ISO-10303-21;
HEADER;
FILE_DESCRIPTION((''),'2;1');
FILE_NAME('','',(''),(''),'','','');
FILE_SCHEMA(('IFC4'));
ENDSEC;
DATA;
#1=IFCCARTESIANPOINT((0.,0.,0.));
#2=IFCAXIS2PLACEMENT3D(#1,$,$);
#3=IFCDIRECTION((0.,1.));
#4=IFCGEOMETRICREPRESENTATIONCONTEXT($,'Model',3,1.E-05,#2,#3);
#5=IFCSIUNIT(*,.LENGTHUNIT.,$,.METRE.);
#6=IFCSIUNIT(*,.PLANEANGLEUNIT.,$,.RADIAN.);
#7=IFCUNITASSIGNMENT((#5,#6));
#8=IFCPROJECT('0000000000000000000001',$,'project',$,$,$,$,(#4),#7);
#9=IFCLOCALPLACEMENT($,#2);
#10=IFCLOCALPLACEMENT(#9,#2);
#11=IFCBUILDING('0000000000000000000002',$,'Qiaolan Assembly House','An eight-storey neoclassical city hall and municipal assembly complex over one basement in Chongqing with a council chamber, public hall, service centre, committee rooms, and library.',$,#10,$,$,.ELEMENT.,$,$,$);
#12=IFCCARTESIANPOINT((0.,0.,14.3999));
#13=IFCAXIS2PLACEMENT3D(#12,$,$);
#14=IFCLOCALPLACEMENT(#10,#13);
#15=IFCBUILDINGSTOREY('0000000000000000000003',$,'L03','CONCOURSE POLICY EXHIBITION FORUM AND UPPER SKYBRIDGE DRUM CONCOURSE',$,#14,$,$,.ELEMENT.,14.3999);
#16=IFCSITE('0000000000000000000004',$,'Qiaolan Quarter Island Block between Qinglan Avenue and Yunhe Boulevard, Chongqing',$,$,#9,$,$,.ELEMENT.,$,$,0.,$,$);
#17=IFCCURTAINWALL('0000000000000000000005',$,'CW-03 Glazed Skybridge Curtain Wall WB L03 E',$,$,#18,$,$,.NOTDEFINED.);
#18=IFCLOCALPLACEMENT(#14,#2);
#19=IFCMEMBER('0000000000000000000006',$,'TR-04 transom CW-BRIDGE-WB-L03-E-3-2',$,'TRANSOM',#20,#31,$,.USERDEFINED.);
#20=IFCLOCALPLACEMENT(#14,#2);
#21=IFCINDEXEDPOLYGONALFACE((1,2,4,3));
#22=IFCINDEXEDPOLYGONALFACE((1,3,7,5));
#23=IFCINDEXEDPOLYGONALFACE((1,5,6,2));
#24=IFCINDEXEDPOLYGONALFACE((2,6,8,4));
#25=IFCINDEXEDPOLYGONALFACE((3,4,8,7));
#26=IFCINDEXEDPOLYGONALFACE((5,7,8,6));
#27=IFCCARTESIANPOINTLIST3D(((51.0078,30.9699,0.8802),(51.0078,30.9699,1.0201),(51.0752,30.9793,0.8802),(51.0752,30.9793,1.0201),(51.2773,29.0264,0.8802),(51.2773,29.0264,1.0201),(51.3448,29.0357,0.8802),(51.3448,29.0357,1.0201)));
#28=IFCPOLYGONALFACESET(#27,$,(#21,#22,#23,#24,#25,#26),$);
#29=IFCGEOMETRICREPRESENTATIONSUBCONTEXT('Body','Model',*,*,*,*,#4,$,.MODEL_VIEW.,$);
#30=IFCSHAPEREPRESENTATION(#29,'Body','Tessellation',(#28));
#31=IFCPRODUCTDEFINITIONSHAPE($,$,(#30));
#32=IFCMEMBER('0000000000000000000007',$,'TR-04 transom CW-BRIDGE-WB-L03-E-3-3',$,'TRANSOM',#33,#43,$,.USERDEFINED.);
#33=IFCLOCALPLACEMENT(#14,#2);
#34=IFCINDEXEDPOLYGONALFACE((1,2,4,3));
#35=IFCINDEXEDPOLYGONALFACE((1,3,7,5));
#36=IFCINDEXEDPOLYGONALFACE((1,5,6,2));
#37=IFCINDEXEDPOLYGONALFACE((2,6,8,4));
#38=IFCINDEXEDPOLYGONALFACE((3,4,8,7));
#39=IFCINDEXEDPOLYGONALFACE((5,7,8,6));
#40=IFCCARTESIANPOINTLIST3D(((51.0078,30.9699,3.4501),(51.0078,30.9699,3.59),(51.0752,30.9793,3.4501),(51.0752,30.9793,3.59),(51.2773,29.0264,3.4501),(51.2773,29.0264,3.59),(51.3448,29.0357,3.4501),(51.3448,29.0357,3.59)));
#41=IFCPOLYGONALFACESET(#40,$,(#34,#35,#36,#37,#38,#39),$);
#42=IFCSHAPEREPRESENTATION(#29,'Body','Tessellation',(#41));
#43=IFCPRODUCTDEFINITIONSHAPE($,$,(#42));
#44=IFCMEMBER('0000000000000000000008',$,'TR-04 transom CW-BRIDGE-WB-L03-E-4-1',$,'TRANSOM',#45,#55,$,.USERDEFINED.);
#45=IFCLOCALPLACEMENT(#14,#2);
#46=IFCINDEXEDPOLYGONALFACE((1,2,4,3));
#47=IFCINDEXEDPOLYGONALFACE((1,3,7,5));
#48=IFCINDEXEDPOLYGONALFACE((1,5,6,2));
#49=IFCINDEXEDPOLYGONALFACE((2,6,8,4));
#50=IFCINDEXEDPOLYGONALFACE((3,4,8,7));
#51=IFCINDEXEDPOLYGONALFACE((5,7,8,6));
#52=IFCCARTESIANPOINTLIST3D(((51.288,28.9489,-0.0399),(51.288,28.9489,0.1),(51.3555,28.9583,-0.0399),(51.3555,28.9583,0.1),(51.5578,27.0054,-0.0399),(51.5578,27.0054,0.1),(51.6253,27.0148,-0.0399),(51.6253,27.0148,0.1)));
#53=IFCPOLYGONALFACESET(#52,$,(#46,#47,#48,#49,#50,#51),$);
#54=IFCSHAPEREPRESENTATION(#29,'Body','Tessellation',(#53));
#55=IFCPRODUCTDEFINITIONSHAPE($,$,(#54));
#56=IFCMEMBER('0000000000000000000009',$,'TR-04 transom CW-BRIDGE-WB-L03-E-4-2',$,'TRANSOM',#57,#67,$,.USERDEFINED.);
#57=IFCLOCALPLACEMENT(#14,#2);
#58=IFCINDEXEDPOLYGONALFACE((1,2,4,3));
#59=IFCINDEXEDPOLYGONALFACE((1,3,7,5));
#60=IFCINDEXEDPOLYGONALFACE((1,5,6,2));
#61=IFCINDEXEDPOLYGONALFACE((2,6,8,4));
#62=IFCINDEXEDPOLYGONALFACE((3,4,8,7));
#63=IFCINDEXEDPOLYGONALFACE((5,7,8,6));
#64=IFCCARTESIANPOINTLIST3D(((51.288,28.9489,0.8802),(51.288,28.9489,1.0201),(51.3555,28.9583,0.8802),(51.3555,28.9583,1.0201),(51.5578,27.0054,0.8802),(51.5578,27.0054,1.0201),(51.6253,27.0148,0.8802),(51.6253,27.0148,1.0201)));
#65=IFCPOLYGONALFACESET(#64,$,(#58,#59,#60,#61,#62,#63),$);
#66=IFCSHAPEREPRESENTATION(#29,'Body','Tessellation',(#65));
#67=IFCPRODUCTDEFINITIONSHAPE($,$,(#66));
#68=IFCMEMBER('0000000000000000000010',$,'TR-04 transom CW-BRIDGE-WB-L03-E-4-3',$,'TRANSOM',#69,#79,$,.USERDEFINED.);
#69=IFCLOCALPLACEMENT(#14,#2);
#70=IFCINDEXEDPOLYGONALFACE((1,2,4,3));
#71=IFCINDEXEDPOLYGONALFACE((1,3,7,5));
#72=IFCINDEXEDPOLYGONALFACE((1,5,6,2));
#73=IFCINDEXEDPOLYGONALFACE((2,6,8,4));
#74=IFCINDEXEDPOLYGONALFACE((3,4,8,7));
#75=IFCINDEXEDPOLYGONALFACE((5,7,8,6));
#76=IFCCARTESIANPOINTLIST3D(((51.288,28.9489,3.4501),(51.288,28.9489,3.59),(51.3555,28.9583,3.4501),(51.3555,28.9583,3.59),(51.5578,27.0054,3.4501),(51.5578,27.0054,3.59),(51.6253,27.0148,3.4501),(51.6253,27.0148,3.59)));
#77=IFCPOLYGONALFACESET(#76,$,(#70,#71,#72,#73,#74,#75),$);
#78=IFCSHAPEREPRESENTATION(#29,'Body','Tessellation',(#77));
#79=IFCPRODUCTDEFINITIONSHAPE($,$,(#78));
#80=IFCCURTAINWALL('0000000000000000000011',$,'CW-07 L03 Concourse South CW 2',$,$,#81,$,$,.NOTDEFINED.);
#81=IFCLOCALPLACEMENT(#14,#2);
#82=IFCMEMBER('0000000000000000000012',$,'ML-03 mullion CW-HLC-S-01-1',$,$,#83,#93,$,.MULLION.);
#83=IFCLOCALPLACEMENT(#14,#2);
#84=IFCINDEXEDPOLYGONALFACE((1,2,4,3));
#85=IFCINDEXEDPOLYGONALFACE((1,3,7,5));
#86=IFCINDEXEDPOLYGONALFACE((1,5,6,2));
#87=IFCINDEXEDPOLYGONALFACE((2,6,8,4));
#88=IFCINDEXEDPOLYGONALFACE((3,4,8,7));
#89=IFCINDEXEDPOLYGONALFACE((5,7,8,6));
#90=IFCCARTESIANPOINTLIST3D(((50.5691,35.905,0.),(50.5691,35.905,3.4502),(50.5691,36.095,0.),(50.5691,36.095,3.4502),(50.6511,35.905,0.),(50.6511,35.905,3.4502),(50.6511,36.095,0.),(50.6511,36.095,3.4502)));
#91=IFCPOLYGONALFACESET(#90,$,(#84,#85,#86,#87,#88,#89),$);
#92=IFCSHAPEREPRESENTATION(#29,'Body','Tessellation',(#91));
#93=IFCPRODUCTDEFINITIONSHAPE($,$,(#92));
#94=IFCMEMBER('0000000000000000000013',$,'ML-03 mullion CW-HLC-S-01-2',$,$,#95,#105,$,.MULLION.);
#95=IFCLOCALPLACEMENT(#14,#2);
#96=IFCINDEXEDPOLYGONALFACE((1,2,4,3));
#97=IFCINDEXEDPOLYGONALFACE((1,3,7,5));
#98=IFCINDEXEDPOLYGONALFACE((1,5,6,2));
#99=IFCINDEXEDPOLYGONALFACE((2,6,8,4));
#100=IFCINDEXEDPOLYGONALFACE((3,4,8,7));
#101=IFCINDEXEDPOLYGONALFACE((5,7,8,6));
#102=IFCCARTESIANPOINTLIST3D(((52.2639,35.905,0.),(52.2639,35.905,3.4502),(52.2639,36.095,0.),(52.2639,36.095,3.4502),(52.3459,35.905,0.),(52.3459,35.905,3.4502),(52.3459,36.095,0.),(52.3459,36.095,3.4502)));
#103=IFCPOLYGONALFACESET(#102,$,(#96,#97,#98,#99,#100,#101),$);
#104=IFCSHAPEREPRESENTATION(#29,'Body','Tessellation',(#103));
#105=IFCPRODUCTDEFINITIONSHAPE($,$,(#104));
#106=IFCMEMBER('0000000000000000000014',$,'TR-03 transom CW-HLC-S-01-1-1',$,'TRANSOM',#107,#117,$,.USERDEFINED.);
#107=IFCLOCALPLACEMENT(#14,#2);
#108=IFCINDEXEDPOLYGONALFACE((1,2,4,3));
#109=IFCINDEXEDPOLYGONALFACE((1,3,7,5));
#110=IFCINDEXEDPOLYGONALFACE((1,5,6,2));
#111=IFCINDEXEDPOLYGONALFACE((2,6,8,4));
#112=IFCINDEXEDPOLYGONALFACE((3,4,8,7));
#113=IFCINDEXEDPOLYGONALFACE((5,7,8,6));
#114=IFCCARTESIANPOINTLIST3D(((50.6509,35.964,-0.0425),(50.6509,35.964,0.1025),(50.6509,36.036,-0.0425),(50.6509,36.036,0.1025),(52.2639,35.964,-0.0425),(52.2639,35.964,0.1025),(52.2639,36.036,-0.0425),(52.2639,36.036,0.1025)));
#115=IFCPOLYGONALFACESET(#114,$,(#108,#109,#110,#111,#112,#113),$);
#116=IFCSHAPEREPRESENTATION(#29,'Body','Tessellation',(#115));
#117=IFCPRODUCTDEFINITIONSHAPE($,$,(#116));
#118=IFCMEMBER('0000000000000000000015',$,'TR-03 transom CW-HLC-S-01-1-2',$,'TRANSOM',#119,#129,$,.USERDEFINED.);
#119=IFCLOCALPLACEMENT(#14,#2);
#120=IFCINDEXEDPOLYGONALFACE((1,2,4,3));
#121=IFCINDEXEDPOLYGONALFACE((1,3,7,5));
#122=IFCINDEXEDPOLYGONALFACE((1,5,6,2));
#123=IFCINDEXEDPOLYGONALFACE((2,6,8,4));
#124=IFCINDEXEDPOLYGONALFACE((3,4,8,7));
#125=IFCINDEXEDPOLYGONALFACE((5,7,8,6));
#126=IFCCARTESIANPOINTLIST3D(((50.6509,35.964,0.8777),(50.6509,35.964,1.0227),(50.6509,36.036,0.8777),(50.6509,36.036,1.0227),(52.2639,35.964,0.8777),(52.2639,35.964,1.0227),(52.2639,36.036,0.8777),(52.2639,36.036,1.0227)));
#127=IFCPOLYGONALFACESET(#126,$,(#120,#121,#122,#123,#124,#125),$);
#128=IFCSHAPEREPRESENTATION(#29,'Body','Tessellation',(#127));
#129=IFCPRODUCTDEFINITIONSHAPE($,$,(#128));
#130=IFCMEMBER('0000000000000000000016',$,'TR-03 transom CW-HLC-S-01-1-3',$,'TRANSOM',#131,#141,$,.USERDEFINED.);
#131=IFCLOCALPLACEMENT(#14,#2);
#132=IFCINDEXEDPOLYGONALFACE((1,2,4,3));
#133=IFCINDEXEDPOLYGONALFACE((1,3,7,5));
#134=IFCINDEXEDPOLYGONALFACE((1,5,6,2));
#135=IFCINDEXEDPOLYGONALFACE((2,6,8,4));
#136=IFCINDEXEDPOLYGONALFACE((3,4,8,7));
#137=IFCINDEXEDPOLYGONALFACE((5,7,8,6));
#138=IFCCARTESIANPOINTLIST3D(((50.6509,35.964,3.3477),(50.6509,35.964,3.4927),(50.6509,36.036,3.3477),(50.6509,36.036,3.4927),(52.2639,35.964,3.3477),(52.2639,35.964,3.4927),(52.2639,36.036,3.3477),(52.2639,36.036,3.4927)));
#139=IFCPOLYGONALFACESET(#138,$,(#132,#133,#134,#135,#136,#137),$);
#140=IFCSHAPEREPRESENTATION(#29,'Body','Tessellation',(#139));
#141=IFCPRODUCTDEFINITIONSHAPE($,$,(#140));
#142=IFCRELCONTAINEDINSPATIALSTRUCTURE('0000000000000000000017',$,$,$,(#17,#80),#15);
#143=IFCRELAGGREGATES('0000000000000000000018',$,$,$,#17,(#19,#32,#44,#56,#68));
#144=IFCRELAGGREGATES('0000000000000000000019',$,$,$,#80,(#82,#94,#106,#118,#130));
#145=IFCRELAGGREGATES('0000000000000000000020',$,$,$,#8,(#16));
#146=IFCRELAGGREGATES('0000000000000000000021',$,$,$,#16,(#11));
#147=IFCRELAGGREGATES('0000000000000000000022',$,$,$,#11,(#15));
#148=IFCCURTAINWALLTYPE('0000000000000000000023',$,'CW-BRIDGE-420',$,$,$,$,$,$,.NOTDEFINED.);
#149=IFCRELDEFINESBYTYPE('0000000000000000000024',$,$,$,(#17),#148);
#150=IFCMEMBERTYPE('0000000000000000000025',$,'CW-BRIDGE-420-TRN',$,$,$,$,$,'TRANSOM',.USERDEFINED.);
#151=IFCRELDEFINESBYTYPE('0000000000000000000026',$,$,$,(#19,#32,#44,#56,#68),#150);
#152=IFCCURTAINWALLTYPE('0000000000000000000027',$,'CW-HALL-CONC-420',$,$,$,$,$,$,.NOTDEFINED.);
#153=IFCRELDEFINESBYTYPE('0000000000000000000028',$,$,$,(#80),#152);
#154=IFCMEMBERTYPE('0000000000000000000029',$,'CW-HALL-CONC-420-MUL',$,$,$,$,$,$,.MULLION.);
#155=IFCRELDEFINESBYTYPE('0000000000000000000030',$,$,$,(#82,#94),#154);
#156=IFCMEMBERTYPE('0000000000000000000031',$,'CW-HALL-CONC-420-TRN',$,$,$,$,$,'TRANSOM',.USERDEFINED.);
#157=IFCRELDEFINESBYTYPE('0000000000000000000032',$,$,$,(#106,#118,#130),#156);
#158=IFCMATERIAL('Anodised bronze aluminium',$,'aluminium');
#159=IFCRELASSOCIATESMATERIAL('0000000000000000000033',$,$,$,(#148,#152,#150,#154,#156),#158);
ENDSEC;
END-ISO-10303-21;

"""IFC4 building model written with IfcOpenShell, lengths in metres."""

from ifc_helpers import new_model, si_unit, direction, frame, origin, origin_2d, place, context, subcontext, project, spatial, rectangle, extrude, material, material_profile, profile_set, type_object, element, aggregate, save


model = new_model("IFC4")

# Units and contexts
model_context = context("Model", 3, precision=1e-05, world=origin(), true_north=direction((0.0, 1.0)))
body_context = subcontext(model_context, "Body", "Model", "MODEL_VIEW")
ifc_project = project(units=[si_unit("LENGTHUNIT", "METRE"), si_unit("PLANEANGLEUNIT", "RADIAN")], contexts=[model_context])

# Site, building, storey
site_placement = place(None, origin())
site = spatial("IfcSite", under=ifc_project, at=site_placement, Name="Qiaolan Quarter Island Block between Qinglan Avenue and Yunhe Boulevard, Chongqing", CompositionType="ELEMENT", RefElevation=0.0)
building_placement = place(site_placement, origin())
building = spatial("IfcBuilding", under=site, at=building_placement, Name="Qiaolan Assembly House", Description="An eight-storey neoclassical city hall and municipal assembly complex over one basement in Chongqing with a council chamber, public hall, service centre, committee rooms, and library.", CompositionType="ELEMENT")
storey_placement = place(building_placement, frame((0.0, 0.0, 14.3999)))
storey = spatial("IfcBuildingStorey", under=building, at=storey_placement, Name="L03", Description="CONCOURSE POLICY EXHIBITION FORUM AND UPPER SKYBRIDGE DRUM CONCOURSE", CompositionType="ELEMENT", Elevation=14.3999)

# Curtain walls, members
ifc_material_1 = material(Name="Anodised bronze aluminium", Category="aluminium")
curtain_wall_type_1 = type_object("IfcCurtainWallType", Name="CW-BRIDGE-420", PredefinedType="NOTDEFINED", material=ifc_material_1)
curtain_wall_1_placement = place(storey_placement, origin())
curtain_wall_1 = element("IfcCurtainWall", 1, at=curtain_wall_1_placement, inside=storey, type_object=curtain_wall_type_1, Name="CW-03 Glazed Skybridge Curtain Wall WB L03 E", PredefinedType="NOTDEFINED")
ifc_material_profile_1 = material_profile(ifc_material_1, rectangle(XDim=0.0681, YDim=0.1399, at=origin_2d()), Name="TRN 68x140")
ifc_profile_set_1 = profile_set([ifc_material_profile_1], Name="Anodised bronze aluminium")
member_type_1 = type_object("IfcMemberType", Name="CW-BRIDGE-420-TRN", ElementType="TRANSOM", PredefinedType="USERDEFINED", material=ifc_profile_set_1)
member_1_placement = place(storey_placement, frame((51.0415, 30.9746, 0.9502), z_axis=(0.137362, -0.990521, 0.0), x_axis=(0.990521, 0.137362, 0.0)))
member_1 = element("IfcMember", 2, at=member_1_placement, type_object=member_type_1, Name="TR-04 transom CW-BRIDGE-WB-L03-E-3-2", ObjectType="TRANSOM", PredefinedType="USERDEFINED", context=body_context, shape_type="SweptSolid", body=[
    extrude(rectangle(XDim=0.0681, YDim=0.1399, at=origin_2d()), origin(), (0.0, 0.0, 1.0), 1.9622),
])
member_2_placement = place(storey_placement, frame((51.0415, 30.9746, 3.52), z_axis=(0.137362, -0.990521, 0.0), x_axis=(0.990521, 0.137362, 0.0)))
member_2 = element("IfcMember", 3, at=member_2_placement, type_object=member_type_1, Name="TR-04 transom CW-BRIDGE-WB-L03-E-3-3", ObjectType="TRANSOM", PredefinedType="USERDEFINED", context=body_context, shape_type="SweptSolid", body=[
    extrude(rectangle(XDim=0.0681, YDim=0.1399, at=origin_2d()), origin(), (0.0, 0.0, 1.0), 1.9622),
])
member_3_placement = place(storey_placement, frame((51.3218, 28.9536, 0.03), z_axis=(0.137484, -0.990504, 0.0), x_axis=(0.990504, 0.137484, 0.0)))
member_3 = element("IfcMember", 4, at=member_3_placement, type_object=member_type_1, Name="TR-04 transom CW-BRIDGE-WB-L03-E-4-1", ObjectType="TRANSOM", PredefinedType="USERDEFINED", context=body_context, shape_type="SweptSolid", body=[
    extrude(rectangle(XDim=0.0681, YDim=0.1399, at=origin_2d()), origin(), (0.0, 0.0, 1.0), 1.9622),
])
member_4_placement = place(storey_placement, frame((51.3218, 28.9536, 0.9502), z_axis=(0.137484, -0.990504, 0.0), x_axis=(0.990504, 0.137484, 0.0)))
member_4 = element("IfcMember", 5, at=member_4_placement, type_object=member_type_1, Name="TR-04 transom CW-BRIDGE-WB-L03-E-4-2", ObjectType="TRANSOM", PredefinedType="USERDEFINED", context=body_context, shape_type="SweptSolid", body=[
    extrude(rectangle(XDim=0.0681, YDim=0.1399, at=origin_2d()), origin(), (0.0, 0.0, 1.0), 1.9622),
])
member_5_placement = place(storey_placement, frame((51.3218, 28.9536, 3.52), z_axis=(0.137484, -0.990504, 0.0), x_axis=(0.990504, 0.137484, 0.0)))
member_5 = element("IfcMember", 6, at=member_5_placement, type_object=member_type_1, Name="TR-04 transom CW-BRIDGE-WB-L03-E-4-3", ObjectType="TRANSOM", PredefinedType="USERDEFINED", context=body_context, shape_type="SweptSolid", body=[
    extrude(rectangle(XDim=0.0681, YDim=0.1399, at=origin_2d()), origin(), (0.0, 0.0, 1.0), 1.9622),
])
curtain_wall_type_2 = type_object("IfcCurtainWallType", Name="CW-HALL-CONC-420", PredefinedType="NOTDEFINED", material=ifc_material_1)
curtain_wall_2_placement = place(storey_placement, origin())
curtain_wall_2 = element("IfcCurtainWall", 7, at=curtain_wall_2_placement, inside=storey, type_object=curtain_wall_type_2, Name="CW-07 L03 Concourse South CW 2", PredefinedType="NOTDEFINED")
ifc_material_profile_2 = material_profile(ifc_material_1, rectangle(XDim=0.082, YDim=0.1899, at=origin_2d()), Name="MUL 82x190")
ifc_profile_set_2 = profile_set([ifc_material_profile_2], Name="Anodised bronze aluminium")
member_type_2 = type_object("IfcMemberType", Name="CW-HALL-CONC-420-MUL", PredefinedType="MULLION", material=ifc_profile_set_2)
member_6_placement = place(storey_placement, frame((50.6101, 36.0, 0.0), z_axis=(0.0, 0.0, 1.0), x_axis=(1.0, 0.0, 0.0)))
member_6 = element("IfcMember", 8, at=member_6_placement, type_object=member_type_2, Name="ML-03 mullion CW-HLC-S-01-1", PredefinedType="MULLION", context=body_context, shape_type="SweptSolid", body=[
    extrude(rectangle(XDim=0.082, YDim=0.1899, at=origin_2d()), origin(), (0.0, 0.0, 1.0), 3.4502),
])
member_7_placement = place(storey_placement, frame((52.3049, 36.0, 0.0), z_axis=(0.0, 0.0, 1.0), x_axis=(1.0, 0.0, 0.0)))
member_7 = element("IfcMember", 9, at=member_7_placement, type_object=member_type_2, Name="ML-03 mullion CW-HLC-S-01-2", PredefinedType="MULLION", context=body_context, shape_type="SweptSolid", body=[
    extrude(rectangle(XDim=0.082, YDim=0.1899, at=origin_2d()), origin(), (0.0, 0.0, 1.0), 3.4502),
])
ifc_material_profile_3 = material_profile(ifc_material_1, rectangle(XDim=0.072, YDim=0.145, at=origin_2d()), Name="TRN 72x145")
ifc_profile_set_3 = profile_set([ifc_material_profile_3], Name="Anodised bronze aluminium")
member_type_3 = type_object("IfcMemberType", Name="CW-HALL-CONC-420-TRN", ElementType="TRANSOM", PredefinedType="USERDEFINED", material=ifc_profile_set_3)
member_8_placement = place(storey_placement, frame((50.6509, 36.0, 0.03), z_axis=(1.0, 0.0, 0.0), x_axis=(0.0, 1.0, 0.0)))
member_8 = element("IfcMember", 10, at=member_8_placement, type_object=member_type_3, Name="TR-03 transom CW-HLC-S-01-1-1", ObjectType="TRANSOM", PredefinedType="USERDEFINED", context=body_context, shape_type="SweptSolid", body=[
    extrude(rectangle(XDim=0.072, YDim=0.145, at=origin_2d()), origin(), (0.0, 0.0, 1.0), 1.613),
])
member_9_placement = place(storey_placement, frame((50.6509, 36.0, 0.9502), z_axis=(1.0, 0.0, 0.0), x_axis=(0.0, 1.0, 0.0)))
member_9 = element("IfcMember", 11, at=member_9_placement, type_object=member_type_3, Name="TR-03 transom CW-HLC-S-01-1-2", ObjectType="TRANSOM", PredefinedType="USERDEFINED", context=body_context, shape_type="SweptSolid", body=[
    extrude(rectangle(XDim=0.072, YDim=0.145, at=origin_2d()), origin(), (0.0, 0.0, 1.0), 1.613),
])
member_10_placement = place(storey_placement, frame((50.6509, 36.0, 3.4202), z_axis=(1.0, 0.0, 0.0), x_axis=(0.0, 1.0, 0.0)))
member_10 = element("IfcMember", 12, at=member_10_placement, type_object=member_type_3, Name="TR-03 transom CW-HLC-S-01-1-3", ObjectType="TRANSOM", PredefinedType="USERDEFINED", context=body_context, shape_type="SweptSolid", body=[
    extrude(rectangle(XDim=0.072, YDim=0.145, at=origin_2d()), origin(), (0.0, 0.0, 1.0), 1.613),
])

aggregate(curtain_wall_1, [member_1, member_2, member_3, member_4, member_5])
aggregate(curtain_wall_2, [member_6, member_7, member_8, member_9, member_10])

save(model, "model.ifc")
